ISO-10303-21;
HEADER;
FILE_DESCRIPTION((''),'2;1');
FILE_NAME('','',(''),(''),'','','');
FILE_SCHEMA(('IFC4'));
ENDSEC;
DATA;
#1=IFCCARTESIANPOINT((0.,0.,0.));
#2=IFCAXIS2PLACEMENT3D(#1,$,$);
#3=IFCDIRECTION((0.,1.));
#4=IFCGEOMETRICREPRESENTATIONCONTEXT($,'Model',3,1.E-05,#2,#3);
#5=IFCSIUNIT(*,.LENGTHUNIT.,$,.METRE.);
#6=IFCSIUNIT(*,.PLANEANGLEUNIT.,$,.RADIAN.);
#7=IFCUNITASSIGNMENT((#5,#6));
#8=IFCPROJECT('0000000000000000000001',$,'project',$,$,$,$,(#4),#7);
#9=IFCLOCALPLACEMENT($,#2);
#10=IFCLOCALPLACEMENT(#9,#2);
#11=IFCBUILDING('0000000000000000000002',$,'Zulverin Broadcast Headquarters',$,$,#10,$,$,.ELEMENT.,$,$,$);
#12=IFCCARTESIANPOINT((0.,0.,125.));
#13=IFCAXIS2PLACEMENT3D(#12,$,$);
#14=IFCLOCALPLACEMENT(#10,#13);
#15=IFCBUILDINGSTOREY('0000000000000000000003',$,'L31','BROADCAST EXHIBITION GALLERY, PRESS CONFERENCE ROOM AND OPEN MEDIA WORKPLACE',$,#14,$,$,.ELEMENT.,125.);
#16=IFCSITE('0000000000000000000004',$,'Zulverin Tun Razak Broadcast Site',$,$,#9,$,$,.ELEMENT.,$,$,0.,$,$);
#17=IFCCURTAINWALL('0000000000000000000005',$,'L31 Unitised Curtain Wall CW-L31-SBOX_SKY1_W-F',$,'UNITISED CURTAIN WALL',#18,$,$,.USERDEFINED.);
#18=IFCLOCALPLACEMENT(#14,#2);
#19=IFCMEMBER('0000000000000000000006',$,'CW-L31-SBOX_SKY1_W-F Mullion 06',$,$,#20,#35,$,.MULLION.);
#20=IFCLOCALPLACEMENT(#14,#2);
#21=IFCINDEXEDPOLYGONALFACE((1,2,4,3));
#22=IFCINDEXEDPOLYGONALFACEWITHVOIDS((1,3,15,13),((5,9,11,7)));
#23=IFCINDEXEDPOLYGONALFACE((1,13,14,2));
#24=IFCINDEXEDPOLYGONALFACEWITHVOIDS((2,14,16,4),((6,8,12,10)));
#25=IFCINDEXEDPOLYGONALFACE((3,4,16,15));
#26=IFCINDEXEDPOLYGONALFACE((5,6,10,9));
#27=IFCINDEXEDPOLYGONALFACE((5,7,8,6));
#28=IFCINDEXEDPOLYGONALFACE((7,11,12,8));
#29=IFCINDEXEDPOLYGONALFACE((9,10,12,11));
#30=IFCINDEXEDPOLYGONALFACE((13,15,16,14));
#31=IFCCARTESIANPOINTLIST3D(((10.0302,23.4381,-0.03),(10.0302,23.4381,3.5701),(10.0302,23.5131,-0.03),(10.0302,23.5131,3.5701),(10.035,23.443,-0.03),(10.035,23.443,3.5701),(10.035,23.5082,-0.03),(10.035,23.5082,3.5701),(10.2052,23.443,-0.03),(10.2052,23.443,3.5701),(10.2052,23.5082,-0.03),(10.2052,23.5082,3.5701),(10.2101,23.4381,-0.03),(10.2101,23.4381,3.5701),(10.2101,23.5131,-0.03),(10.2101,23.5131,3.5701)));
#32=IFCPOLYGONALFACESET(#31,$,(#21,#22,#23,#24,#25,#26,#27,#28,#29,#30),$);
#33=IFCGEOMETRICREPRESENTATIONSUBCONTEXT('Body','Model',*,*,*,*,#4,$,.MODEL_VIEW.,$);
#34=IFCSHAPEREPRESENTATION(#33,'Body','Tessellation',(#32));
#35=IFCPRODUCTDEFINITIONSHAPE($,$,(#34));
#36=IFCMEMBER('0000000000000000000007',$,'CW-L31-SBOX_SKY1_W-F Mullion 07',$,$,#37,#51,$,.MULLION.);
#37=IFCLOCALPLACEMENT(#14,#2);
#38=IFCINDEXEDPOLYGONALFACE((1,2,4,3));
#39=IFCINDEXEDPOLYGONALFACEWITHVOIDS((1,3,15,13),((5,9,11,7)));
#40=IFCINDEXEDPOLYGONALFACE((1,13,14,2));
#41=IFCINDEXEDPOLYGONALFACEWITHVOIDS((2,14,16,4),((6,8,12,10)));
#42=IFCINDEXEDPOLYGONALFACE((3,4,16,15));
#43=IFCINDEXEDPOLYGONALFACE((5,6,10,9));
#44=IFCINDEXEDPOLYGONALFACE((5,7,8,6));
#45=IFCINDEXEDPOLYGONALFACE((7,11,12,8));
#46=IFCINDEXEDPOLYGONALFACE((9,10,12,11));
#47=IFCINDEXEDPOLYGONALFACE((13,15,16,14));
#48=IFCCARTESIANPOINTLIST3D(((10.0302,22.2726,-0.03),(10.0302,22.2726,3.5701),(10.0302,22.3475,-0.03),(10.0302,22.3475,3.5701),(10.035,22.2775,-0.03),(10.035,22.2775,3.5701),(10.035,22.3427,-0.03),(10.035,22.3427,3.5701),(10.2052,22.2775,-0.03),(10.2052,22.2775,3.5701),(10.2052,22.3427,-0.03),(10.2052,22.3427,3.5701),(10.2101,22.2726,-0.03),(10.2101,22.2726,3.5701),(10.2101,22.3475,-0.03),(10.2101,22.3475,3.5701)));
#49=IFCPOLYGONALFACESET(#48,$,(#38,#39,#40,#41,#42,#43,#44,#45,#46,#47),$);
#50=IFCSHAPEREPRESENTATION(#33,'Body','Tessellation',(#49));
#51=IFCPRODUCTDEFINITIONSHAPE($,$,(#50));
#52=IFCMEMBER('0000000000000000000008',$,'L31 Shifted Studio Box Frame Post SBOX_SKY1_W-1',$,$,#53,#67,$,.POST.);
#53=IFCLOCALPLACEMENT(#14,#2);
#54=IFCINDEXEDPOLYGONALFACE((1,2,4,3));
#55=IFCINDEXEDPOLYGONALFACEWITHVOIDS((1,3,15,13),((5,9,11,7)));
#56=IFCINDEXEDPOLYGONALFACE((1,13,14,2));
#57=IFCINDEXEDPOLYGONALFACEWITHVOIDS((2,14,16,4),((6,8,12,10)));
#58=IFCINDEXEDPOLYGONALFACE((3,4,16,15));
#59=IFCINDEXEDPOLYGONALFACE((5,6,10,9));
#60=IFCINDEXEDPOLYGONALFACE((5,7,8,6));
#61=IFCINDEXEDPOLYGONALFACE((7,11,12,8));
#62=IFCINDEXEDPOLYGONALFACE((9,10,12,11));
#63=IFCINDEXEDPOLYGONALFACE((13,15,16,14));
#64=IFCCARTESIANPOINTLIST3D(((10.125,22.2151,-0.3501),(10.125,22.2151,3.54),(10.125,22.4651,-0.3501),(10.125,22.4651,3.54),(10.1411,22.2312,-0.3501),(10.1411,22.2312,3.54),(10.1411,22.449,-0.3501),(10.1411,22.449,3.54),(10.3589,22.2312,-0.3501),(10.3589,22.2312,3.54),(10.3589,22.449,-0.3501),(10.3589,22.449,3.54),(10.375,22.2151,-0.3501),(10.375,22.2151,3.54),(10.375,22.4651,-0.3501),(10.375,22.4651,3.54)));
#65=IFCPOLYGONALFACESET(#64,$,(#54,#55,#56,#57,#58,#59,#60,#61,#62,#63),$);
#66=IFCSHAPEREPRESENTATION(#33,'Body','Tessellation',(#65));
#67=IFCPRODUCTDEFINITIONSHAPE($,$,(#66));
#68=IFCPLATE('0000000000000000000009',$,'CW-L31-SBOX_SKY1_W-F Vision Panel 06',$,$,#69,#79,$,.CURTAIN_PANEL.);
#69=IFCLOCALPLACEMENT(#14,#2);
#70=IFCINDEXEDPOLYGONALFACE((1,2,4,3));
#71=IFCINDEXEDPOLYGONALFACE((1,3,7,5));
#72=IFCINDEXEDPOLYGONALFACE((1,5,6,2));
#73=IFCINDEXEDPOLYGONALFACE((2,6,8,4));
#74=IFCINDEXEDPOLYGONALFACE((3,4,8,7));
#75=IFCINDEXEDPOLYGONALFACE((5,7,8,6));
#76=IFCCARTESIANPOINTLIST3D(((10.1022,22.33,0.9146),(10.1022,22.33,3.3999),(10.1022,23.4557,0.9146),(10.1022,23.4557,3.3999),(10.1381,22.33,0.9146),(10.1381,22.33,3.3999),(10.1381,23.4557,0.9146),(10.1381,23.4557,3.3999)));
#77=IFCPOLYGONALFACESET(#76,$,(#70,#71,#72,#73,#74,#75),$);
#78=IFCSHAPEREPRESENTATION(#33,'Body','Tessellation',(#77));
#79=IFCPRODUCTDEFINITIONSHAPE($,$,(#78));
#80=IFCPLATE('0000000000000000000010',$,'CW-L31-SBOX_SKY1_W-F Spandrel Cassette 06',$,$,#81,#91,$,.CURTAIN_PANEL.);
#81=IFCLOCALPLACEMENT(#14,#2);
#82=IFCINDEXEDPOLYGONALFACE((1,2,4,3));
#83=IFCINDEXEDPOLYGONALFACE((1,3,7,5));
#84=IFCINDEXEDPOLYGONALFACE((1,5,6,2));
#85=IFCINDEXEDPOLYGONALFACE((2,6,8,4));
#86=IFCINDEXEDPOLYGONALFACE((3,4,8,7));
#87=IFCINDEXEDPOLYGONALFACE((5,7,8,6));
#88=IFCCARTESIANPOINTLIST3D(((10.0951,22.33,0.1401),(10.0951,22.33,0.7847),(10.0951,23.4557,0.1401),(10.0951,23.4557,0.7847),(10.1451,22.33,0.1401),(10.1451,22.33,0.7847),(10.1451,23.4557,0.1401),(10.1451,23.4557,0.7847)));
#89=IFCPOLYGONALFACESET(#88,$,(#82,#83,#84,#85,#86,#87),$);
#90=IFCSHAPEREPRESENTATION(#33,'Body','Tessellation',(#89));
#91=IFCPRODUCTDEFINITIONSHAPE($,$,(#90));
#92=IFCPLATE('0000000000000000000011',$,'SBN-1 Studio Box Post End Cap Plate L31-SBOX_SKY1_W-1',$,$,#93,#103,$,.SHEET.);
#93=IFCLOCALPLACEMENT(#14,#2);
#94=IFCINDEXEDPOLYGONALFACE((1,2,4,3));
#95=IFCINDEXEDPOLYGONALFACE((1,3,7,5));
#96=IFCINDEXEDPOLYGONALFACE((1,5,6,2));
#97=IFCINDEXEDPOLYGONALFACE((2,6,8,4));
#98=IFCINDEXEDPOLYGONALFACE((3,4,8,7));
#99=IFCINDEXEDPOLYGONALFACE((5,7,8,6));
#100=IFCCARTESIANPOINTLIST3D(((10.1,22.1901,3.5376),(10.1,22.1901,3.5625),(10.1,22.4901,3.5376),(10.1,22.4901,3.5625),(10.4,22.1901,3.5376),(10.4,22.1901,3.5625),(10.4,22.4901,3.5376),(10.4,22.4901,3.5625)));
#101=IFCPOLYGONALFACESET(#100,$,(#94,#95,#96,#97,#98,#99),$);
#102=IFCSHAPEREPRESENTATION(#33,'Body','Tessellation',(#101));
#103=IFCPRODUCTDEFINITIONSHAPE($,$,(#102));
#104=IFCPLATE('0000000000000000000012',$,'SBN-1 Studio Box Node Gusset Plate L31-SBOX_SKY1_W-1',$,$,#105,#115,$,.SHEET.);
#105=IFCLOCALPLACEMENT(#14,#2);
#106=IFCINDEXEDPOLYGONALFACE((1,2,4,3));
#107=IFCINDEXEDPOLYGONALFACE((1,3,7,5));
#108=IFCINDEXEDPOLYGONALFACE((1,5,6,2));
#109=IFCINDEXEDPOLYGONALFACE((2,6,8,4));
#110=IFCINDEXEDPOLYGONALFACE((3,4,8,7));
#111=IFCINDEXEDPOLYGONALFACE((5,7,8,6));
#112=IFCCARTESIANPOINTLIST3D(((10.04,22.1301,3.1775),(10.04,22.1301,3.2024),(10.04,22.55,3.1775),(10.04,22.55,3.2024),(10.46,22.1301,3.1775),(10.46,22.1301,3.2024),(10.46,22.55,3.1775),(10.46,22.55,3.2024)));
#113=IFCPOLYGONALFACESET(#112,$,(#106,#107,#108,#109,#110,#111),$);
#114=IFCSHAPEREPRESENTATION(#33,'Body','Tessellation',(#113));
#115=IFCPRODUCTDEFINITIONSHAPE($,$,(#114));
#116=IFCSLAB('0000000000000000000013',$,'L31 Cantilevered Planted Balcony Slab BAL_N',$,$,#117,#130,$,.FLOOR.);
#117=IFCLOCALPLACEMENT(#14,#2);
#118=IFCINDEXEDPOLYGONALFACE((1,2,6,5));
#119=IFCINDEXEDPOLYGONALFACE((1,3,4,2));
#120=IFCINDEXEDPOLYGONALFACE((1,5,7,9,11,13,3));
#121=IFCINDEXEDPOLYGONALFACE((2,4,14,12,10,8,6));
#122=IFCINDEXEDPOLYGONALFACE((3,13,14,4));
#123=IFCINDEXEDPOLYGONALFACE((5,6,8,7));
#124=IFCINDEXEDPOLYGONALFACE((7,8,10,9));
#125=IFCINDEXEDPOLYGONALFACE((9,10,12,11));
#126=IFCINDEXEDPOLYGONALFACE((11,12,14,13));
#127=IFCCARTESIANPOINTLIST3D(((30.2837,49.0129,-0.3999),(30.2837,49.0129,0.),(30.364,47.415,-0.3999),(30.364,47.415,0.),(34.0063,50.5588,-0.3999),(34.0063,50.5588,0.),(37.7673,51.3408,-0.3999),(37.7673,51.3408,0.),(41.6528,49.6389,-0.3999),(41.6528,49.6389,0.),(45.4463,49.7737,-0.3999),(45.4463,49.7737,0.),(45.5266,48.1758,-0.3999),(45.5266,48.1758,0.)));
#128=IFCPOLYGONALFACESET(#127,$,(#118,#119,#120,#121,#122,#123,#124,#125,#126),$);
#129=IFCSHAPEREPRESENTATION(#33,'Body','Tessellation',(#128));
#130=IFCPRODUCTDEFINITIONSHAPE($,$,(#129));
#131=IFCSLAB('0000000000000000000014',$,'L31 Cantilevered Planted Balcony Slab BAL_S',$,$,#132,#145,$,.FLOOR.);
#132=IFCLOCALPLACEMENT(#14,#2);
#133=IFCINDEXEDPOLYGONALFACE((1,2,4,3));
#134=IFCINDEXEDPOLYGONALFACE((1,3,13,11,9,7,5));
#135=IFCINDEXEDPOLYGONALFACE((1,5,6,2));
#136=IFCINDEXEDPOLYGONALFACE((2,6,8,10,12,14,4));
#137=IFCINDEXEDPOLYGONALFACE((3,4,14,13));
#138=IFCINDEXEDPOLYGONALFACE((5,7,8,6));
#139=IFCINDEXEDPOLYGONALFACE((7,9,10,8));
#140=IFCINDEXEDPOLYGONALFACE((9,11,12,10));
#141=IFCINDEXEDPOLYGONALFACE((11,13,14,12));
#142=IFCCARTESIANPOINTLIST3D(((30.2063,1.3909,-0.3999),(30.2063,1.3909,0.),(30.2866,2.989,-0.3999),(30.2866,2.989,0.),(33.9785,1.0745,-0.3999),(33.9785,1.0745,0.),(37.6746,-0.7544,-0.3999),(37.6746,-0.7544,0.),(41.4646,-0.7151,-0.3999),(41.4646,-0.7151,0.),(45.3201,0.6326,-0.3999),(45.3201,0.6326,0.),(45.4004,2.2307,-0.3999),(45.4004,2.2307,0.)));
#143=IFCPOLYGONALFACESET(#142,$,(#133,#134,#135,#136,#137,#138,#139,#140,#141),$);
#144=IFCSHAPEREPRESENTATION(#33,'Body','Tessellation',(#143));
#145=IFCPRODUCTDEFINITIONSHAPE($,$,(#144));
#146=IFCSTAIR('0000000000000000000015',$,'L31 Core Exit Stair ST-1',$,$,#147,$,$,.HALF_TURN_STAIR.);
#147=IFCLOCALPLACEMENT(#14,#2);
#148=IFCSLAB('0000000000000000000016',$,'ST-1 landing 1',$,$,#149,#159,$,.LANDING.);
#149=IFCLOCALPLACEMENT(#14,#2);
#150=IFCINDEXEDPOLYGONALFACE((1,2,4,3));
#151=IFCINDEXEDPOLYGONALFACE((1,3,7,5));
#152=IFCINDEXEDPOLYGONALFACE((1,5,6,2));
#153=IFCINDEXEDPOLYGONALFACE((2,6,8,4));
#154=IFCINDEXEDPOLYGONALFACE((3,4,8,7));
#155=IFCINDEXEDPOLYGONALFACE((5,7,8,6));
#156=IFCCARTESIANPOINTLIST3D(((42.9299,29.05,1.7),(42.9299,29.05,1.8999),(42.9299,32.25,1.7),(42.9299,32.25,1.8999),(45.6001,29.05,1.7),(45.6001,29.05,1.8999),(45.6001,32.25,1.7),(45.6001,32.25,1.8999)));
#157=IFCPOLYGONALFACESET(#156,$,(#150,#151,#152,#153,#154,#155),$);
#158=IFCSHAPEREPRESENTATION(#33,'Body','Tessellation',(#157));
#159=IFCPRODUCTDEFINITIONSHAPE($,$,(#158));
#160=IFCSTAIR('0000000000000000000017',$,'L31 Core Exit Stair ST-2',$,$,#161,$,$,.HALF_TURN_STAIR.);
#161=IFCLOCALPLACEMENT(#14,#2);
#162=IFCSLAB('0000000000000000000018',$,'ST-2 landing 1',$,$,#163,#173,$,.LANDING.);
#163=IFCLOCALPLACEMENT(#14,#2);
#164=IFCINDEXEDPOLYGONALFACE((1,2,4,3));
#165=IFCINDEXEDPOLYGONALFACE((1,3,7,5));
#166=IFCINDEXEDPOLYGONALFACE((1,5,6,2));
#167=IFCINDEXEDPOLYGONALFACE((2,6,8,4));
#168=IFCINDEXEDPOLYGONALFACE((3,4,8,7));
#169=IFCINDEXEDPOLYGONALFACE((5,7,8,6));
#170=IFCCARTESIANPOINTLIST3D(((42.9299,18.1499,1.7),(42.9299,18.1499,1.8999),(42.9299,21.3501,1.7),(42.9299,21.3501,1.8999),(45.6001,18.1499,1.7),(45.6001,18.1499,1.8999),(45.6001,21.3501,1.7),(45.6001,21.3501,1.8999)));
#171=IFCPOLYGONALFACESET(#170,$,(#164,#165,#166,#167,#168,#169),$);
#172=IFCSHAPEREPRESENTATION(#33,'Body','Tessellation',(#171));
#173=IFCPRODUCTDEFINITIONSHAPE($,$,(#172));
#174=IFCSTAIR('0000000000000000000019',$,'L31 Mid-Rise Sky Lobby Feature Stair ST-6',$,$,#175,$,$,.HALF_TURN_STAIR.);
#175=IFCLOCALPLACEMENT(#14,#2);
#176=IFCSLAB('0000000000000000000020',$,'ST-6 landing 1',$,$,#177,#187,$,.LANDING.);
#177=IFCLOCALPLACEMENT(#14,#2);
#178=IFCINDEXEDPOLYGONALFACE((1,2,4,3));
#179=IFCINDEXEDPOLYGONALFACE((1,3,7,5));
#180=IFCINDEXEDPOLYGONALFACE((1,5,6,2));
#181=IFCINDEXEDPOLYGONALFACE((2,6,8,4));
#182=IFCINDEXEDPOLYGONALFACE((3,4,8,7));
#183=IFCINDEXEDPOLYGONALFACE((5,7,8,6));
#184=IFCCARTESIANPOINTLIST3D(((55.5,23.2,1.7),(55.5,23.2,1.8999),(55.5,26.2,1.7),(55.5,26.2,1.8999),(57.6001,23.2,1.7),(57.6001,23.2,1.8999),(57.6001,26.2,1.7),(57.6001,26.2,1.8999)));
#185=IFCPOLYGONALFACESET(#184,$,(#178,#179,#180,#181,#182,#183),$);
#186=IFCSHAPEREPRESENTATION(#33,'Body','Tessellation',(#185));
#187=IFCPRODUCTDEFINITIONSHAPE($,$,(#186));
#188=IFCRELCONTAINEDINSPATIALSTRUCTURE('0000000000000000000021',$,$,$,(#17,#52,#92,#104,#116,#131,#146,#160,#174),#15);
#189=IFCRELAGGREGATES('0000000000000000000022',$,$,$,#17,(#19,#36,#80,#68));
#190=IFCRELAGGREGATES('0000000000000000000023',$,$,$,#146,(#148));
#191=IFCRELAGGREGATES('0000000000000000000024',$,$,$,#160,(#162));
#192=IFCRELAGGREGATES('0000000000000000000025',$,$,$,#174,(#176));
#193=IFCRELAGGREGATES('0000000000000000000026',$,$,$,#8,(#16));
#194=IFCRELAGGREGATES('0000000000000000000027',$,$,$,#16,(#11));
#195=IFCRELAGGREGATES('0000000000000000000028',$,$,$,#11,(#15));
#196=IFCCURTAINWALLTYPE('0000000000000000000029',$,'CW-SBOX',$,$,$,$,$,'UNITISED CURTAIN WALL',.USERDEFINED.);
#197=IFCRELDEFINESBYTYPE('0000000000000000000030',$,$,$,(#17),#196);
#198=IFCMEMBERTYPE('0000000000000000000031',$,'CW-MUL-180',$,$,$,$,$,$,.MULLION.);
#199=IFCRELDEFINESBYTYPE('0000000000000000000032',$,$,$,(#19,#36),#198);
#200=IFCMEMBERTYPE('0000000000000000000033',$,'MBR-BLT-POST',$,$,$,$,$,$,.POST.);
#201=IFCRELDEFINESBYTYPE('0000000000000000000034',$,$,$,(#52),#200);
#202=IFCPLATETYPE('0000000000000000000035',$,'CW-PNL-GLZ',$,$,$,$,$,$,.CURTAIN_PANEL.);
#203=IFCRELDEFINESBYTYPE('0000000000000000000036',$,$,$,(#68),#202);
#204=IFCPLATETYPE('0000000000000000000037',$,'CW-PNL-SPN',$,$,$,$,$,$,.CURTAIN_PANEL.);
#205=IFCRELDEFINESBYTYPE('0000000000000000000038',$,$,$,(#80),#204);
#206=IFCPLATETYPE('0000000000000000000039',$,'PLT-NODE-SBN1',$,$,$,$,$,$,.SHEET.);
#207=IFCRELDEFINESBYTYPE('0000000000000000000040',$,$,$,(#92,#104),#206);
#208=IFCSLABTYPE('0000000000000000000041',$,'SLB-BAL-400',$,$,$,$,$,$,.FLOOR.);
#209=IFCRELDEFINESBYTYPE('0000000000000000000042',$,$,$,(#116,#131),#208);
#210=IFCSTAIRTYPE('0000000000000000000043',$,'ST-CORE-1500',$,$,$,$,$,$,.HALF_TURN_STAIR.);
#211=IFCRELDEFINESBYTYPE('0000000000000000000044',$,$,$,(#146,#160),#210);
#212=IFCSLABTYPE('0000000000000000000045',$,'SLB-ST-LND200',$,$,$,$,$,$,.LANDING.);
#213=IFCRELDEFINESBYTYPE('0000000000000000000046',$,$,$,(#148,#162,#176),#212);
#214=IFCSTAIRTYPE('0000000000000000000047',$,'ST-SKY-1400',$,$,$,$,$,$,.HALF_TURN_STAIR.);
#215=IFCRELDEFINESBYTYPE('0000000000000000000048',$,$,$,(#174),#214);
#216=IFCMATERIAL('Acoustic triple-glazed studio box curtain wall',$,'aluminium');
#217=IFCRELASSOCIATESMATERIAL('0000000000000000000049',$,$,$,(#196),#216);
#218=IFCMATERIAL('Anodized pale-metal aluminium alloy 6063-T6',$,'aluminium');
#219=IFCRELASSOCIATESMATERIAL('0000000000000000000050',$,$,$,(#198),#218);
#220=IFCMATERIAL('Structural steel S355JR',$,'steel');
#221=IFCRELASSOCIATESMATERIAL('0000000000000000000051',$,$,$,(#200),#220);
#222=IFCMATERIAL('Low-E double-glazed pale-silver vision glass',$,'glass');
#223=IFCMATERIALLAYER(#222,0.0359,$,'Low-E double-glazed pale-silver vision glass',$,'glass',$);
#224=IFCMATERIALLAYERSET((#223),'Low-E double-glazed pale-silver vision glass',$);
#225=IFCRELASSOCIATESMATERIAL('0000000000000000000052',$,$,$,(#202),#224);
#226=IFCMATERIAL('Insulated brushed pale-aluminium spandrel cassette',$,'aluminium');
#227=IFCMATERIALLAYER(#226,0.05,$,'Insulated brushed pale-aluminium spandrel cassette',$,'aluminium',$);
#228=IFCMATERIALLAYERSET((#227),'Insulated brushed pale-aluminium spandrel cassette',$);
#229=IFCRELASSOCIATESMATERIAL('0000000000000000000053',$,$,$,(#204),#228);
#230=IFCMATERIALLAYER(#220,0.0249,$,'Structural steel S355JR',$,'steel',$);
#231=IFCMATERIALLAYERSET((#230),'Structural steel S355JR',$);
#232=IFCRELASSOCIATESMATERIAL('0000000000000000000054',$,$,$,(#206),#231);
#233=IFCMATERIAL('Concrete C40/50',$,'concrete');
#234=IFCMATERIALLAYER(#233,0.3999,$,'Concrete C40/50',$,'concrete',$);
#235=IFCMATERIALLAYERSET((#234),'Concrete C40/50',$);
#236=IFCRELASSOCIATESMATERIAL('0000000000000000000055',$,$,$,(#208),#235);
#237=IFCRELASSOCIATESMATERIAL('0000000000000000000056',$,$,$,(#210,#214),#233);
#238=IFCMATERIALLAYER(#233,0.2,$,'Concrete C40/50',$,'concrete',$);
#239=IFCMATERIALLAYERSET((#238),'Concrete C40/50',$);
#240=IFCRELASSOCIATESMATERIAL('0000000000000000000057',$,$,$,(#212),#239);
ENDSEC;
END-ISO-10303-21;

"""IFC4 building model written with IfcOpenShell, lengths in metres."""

from ifc_helpers import new_model, si_unit, direction, frame, origin, origin_2d, place, context, subcontext, project, spatial, polyline, rectangle, hollow_rectangle, outline, extrude, material, layer, layer_set, material_profile, profile_set, type_object, element, aggregate, save


model = new_model("IFC4")

# Units and contexts
model_context = context("Model", 3, precision=1e-05, world=origin(), true_north=direction((0.0, 1.0)))
body_context = subcontext(model_context, "Body", "Model", "MODEL_VIEW")
ifc_project = project(units=[si_unit("LENGTHUNIT", "METRE"), si_unit("PLANEANGLEUNIT", "RADIAN")], contexts=[model_context])

# Site, building, storey
site_placement = place(None, origin())
site = spatial("IfcSite", under=ifc_project, at=site_placement, Name="Zulverin Tun Razak Broadcast Site", CompositionType="ELEMENT", RefElevation=0.0)
building_placement = place(site_placement, origin())
building = spatial("IfcBuilding", under=site, at=building_placement, Name="Zulverin Broadcast Headquarters", CompositionType="ELEMENT")
storey_placement = place(building_placement, frame((0.0, 0.0, 125.0)))
storey = spatial("IfcBuildingStorey", under=building, at=storey_placement, Name="L31", Description="BROADCAST EXHIBITION GALLERY, PRESS CONFERENCE ROOM AND OPEN MEDIA WORKPLACE", CompositionType="ELEMENT", Elevation=125.0)

# Curtain wall, members
ifc_material_1 = material(Name="Acoustic triple-glazed studio box curtain wall", Category="aluminium")
curtain_wall_type = type_object("IfcCurtainWallType", Name="CW-SBOX", ElementType="UNITISED CURTAIN WALL", PredefinedType="USERDEFINED", material=ifc_material_1)
curtain_wall_placement = place(storey_placement, origin())
curtain_wall = element("IfcCurtainWall", 1, at=curtain_wall_placement, inside=storey, type_object=curtain_wall_type, Name="L31 Unitised Curtain Wall CW-L31-SBOX_SKY1_W-F", ObjectType="UNITISED CURTAIN WALL", PredefinedType="USERDEFINED")
ifc_material_2 = material(Name="Anodized pale-metal aluminium alloy 6063-T6", Category="aluminium")
ifc_material_profile_1 = material_profile(ifc_material_2, hollow_rectangle(XDim=0.075, YDim=0.1799, WallThickness=0.0049, at=origin_2d()), Name="Anodized pale-metal aluminium alloy 6063-T6", Category="aluminium")
ifc_profile_set_1 = profile_set([ifc_material_profile_1], Name="Anodized pale-metal aluminium alloy 6063-T6")
member_type_1 = type_object("IfcMemberType", Name="CW-MUL-180", PredefinedType="MULLION", material=ifc_profile_set_1)
member_1_placement = place(storey_placement, frame((10.1201, 23.4756, -0.03), z_axis=(0.0, 0.0, 1.0), x_axis=(0.0, -1.0, 0.0)))
member_1 = element("IfcMember", 2, at=member_1_placement, type_object=member_type_1, Name="CW-L31-SBOX_SKY1_W-F Mullion 06", PredefinedType="MULLION", context=body_context, shape_type="SweptSolid", body=[
    extrude(hollow_rectangle(XDim=0.075, YDim=0.1799, WallThickness=0.0049, at=origin_2d()), origin(), (0.0, 0.0, 1.0), 3.6001),
])
member_2_placement = place(storey_placement, frame((10.1201, 22.3101, -0.03), z_axis=(0.0, 0.0, 1.0), x_axis=(0.0, -1.0, 0.0)))
member_2 = element("IfcMember", 3, at=member_2_placement, type_object=member_type_1, Name="CW-L31-SBOX_SKY1_W-F Mullion 07", PredefinedType="MULLION", context=body_context, shape_type="SweptSolid", body=[
    extrude(hollow_rectangle(XDim=0.075, YDim=0.1799, WallThickness=0.0049, at=origin_2d()), origin(), (0.0, 0.0, 1.0), 3.6001),
])

# Member
ifc_material_3 = material(Name="Structural steel S355JR", Category="steel")
ifc_material_profile_2 = material_profile(ifc_material_3, hollow_rectangle(XDim=0.25, YDim=0.25, WallThickness=0.0161, at=origin_2d()), Name="Structural steel S355JR", Category="steel")
ifc_profile_set_2 = profile_set([ifc_material_profile_2], Name="Structural steel S355JR")
member_type_2 = type_object("IfcMemberType", Name="MBR-BLT-POST", PredefinedType="POST", material=ifc_profile_set_2)
member_3_placement = place(storey_placement, frame((10.25, 22.3401, -0.3501), z_axis=(0.0, 0.0, 1.0), x_axis=(1.0, 0.0, 0.0)))
element("IfcMember", 4, at=member_3_placement, inside=storey, type_object=member_type_2, Name="L31 Shifted Studio Box Frame Post SBOX_SKY1_W-1", PredefinedType="POST", context=body_context, shape_type="SweptSolid", body=[
    extrude(hollow_rectangle(XDim=0.25, YDim=0.25, WallThickness=0.0161, at=origin_2d()), origin(), (0.0, 0.0, 1.0), 3.8901),
])

# Plates
ifc_material_4 = material(Name="Low-E double-glazed pale-silver vision glass", Category="glass")
ifc_layer_1 = layer(ifc_material_4, 0.0359, Name="Low-E double-glazed pale-silver vision glass", Category="glass")
ifc_layer_set_1 = layer_set([ifc_layer_1], Name="Low-E double-glazed pale-silver vision glass")
plate_type_1 = type_object("IfcPlateType", Name="CW-PNL-GLZ", PredefinedType="CURTAIN_PANEL", material=ifc_layer_set_1)
plate_1_placement = place(storey_placement, frame((10.1201, 22.8928, 0.9146), z_axis=(0.0, 0.0, 1.0), x_axis=(0.0, -1.0, 0.0)))
plate_1 = element("IfcPlate", 5, at=plate_1_placement, type_object=plate_type_1, Name="CW-L31-SBOX_SKY1_W-F Vision Panel 06", PredefinedType="CURTAIN_PANEL", context=body_context, shape_type="SweptSolid", body=[
    extrude(rectangle(XDim=1.1257, YDim=0.0359, at=origin_2d()), origin(), (0.0, 0.0, 1.0), 2.4854),
])
ifc_material_5 = material(Name="Insulated brushed pale-aluminium spandrel cassette", Category="aluminium")
ifc_layer_2 = layer(ifc_material_5, 0.05, Name="Insulated brushed pale-aluminium spandrel cassette", Category="aluminium")
ifc_layer_set_2 = layer_set([ifc_layer_2], Name="Insulated brushed pale-aluminium spandrel cassette")
plate_type_2 = type_object("IfcPlateType", Name="CW-PNL-SPN", PredefinedType="CURTAIN_PANEL", material=ifc_layer_set_2)
plate_2_placement = place(storey_placement, frame((10.1201, 22.8928, 0.1401), z_axis=(0.0, 0.0, 1.0), x_axis=(0.0, -1.0, 0.0)))
plate_2 = element("IfcPlate", 6, at=plate_2_placement, type_object=plate_type_2, Name="CW-L31-SBOX_SKY1_W-F Spandrel Cassette 06", PredefinedType="CURTAIN_PANEL", context=body_context, shape_type="SweptSolid", body=[
    extrude(rectangle(XDim=1.1257, YDim=0.05, at=origin_2d()), origin(), (0.0, 0.0, 1.0), 0.6445),
])
aggregate(curtain_wall, [member_1, member_2, plate_2, plate_1])

# Plates
ifc_layer_3 = layer(ifc_material_3, 0.0249, Name="Structural steel S355JR", Category="steel")
ifc_layer_set_3 = layer_set([ifc_layer_3], Name="Structural steel S355JR")
plate_type_3 = type_object("IfcPlateType", Name="PLT-NODE-SBN1", PredefinedType="SHEET", material=ifc_layer_set_3)
plate_3_placement = place(storey_placement, frame((10.25, 22.3401, 3.5376), z_axis=(0.0, 0.0, 1.0), x_axis=(1.0, 0.0, 0.0)))
element("IfcPlate", 7, at=plate_3_placement, inside=storey, type_object=plate_type_3, Name="SBN-1 Studio Box Post End Cap Plate L31-SBOX_SKY1_W-1", PredefinedType="SHEET", context=body_context, shape_type="SweptSolid", body=[
    extrude(rectangle(XDim=0.3, YDim=0.3, at=origin_2d()), origin(), (0.0, 0.0, 1.0), 0.0249),
])
plate_4_placement = place(storey_placement, frame((10.25, 22.3401, 3.1775), z_axis=(0.0, 0.0, 1.0), x_axis=(1.0, 0.0, 0.0)))
element("IfcPlate", 8, at=plate_4_placement, inside=storey, type_object=plate_type_3, Name="SBN-1 Studio Box Node Gusset Plate L31-SBOX_SKY1_W-1", PredefinedType="SHEET", context=body_context, shape_type="SweptSolid", body=[
    extrude(rectangle(XDim=0.4199, YDim=0.4199, at=origin_2d()), origin(), (0.0, 0.0, 1.0), 0.0249),
])

# Slabs
ifc_material_6 = material(Name="Concrete C40/50", Category="concrete")
ifc_layer_4 = layer(ifc_material_6, 0.3999, Name="Concrete C40/50", Category="concrete")
ifc_layer_set_4 = layer_set([ifc_layer_4], Name="Concrete C40/50")
slab_type_1 = type_object("IfcSlabType", Name="SLB-BAL-400", PredefinedType="FLOOR", material=ifc_layer_set_4)
slab_1_placement = place(storey_placement, frame((0.0, 0.0, -0.3999)))
element("IfcSlab", 9, at=slab_1_placement, inside=storey, type_object=slab_type_1, Name="L31 Cantilevered Planted Balcony Slab BAL_N", PredefinedType="FLOOR", context=body_context, shape_type="SweptSolid", body=[
    extrude(outline(polyline([(30.364, 47.415), (45.5266, 48.1758), (45.4463, 49.7737), (41.6528, 49.6389), (37.7673, 51.3408), (34.0063, 50.5588), (30.2837, 49.0129), (30.364, 47.415)])), origin(), (0.0, 0.0, 1.0), 0.3999),
])
slab_2_placement = place(storey_placement, frame((0.0, 0.0, -0.3999)))
element("IfcSlab", 10, at=slab_2_placement, inside=storey, type_object=slab_type_1, Name="L31 Cantilevered Planted Balcony Slab BAL_S", PredefinedType="FLOOR", context=body_context, shape_type="SweptSolid", body=[
    extrude(outline(polyline([(45.4004, 2.2307), (30.2866, 2.989), (30.2063, 1.3909), (33.9785, 1.0745), (37.6746, -0.7544), (41.4646, -0.7151), (45.3201, 0.6326), (45.4004, 2.2307)])), origin(), (0.0, 0.0, 1.0), 0.3999),
])

# Stairs, slabs
stair_type_1 = type_object("IfcStairType", Name="ST-CORE-1500", PredefinedType="HALF_TURN_STAIR", material=ifc_material_6)
stair_1_placement = place(storey_placement, origin())
stair_1 = element("IfcStair", 11, at=stair_1_placement, inside=storey, type_object=stair_type_1, Name="L31 Core Exit Stair ST-1", PredefinedType="HALF_TURN_STAIR")
ifc_layer_5 = layer(ifc_material_6, 0.2, Name="Concrete C40/50", Category="concrete")
ifc_layer_set_5 = layer_set([ifc_layer_5], Name="Concrete C40/50")
slab_type_2 = type_object("IfcSlabType", Name="SLB-ST-LND200", PredefinedType="LANDING", material=ifc_layer_set_5)
slab_3_placement = place(storey_placement, frame((0.0, 0.0, 1.7)))
slab_3 = element("IfcSlab", 12, at=slab_3_placement, type_object=slab_type_2, Name="ST-1 landing 1", PredefinedType="LANDING", context=body_context, shape_type="SweptSolid", body=[
    extrude(outline(polyline([(42.9299, 29.05), (45.6001, 29.05), (45.6001, 32.25), (42.9299, 32.25), (42.9299, 29.05)])), origin(), (0.0, 0.0, 1.0), 0.2),
])
aggregate(stair_1, [slab_3])
stair_2_placement = place(storey_placement, origin())
stair_2 = element("IfcStair", 13, at=stair_2_placement, inside=storey, type_object=stair_type_1, Name="L31 Core Exit Stair ST-2", PredefinedType="HALF_TURN_STAIR")
slab_4_placement = place(storey_placement, frame((0.0, 0.0, 1.7)))
slab_4 = element("IfcSlab", 14, at=slab_4_placement, type_object=slab_type_2, Name="ST-2 landing 1", PredefinedType="LANDING", context=body_context, shape_type="SweptSolid", body=[
    extrude(outline(polyline([(42.9299, 18.1499), (45.6001, 18.1499), (45.6001, 21.3501), (42.9299, 21.3501), (42.9299, 18.1499)])), origin(), (0.0, 0.0, 1.0), 0.2),
])
aggregate(stair_2, [slab_4])
stair_type_2 = type_object("IfcStairType", Name="ST-SKY-1400", PredefinedType="HALF_TURN_STAIR", material=ifc_material_6)
stair_3_placement = place(storey_placement, origin())
stair_3 = element("IfcStair", 15, at=stair_3_placement, inside=storey, type_object=stair_type_2, Name="L31 Mid-Rise Sky Lobby Feature Stair ST-6", PredefinedType="HALF_TURN_STAIR")
slab_5_placement = place(storey_placement, frame((0.0, 0.0, 1.7)))
slab_5 = element("IfcSlab", 16, at=slab_5_placement, type_object=slab_type_2, Name="ST-6 landing 1", PredefinedType="LANDING", context=body_context, shape_type="SweptSolid", body=[
    extrude(outline(polyline([(55.5, 23.2), (57.6001, 23.2), (57.6001, 26.2), (55.5, 26.2), (55.5, 23.2)])), origin(), (0.0, 0.0, 1.0), 0.2),
])
aggregate(stair_3, [slab_5])

save(model, "model.ifc")
